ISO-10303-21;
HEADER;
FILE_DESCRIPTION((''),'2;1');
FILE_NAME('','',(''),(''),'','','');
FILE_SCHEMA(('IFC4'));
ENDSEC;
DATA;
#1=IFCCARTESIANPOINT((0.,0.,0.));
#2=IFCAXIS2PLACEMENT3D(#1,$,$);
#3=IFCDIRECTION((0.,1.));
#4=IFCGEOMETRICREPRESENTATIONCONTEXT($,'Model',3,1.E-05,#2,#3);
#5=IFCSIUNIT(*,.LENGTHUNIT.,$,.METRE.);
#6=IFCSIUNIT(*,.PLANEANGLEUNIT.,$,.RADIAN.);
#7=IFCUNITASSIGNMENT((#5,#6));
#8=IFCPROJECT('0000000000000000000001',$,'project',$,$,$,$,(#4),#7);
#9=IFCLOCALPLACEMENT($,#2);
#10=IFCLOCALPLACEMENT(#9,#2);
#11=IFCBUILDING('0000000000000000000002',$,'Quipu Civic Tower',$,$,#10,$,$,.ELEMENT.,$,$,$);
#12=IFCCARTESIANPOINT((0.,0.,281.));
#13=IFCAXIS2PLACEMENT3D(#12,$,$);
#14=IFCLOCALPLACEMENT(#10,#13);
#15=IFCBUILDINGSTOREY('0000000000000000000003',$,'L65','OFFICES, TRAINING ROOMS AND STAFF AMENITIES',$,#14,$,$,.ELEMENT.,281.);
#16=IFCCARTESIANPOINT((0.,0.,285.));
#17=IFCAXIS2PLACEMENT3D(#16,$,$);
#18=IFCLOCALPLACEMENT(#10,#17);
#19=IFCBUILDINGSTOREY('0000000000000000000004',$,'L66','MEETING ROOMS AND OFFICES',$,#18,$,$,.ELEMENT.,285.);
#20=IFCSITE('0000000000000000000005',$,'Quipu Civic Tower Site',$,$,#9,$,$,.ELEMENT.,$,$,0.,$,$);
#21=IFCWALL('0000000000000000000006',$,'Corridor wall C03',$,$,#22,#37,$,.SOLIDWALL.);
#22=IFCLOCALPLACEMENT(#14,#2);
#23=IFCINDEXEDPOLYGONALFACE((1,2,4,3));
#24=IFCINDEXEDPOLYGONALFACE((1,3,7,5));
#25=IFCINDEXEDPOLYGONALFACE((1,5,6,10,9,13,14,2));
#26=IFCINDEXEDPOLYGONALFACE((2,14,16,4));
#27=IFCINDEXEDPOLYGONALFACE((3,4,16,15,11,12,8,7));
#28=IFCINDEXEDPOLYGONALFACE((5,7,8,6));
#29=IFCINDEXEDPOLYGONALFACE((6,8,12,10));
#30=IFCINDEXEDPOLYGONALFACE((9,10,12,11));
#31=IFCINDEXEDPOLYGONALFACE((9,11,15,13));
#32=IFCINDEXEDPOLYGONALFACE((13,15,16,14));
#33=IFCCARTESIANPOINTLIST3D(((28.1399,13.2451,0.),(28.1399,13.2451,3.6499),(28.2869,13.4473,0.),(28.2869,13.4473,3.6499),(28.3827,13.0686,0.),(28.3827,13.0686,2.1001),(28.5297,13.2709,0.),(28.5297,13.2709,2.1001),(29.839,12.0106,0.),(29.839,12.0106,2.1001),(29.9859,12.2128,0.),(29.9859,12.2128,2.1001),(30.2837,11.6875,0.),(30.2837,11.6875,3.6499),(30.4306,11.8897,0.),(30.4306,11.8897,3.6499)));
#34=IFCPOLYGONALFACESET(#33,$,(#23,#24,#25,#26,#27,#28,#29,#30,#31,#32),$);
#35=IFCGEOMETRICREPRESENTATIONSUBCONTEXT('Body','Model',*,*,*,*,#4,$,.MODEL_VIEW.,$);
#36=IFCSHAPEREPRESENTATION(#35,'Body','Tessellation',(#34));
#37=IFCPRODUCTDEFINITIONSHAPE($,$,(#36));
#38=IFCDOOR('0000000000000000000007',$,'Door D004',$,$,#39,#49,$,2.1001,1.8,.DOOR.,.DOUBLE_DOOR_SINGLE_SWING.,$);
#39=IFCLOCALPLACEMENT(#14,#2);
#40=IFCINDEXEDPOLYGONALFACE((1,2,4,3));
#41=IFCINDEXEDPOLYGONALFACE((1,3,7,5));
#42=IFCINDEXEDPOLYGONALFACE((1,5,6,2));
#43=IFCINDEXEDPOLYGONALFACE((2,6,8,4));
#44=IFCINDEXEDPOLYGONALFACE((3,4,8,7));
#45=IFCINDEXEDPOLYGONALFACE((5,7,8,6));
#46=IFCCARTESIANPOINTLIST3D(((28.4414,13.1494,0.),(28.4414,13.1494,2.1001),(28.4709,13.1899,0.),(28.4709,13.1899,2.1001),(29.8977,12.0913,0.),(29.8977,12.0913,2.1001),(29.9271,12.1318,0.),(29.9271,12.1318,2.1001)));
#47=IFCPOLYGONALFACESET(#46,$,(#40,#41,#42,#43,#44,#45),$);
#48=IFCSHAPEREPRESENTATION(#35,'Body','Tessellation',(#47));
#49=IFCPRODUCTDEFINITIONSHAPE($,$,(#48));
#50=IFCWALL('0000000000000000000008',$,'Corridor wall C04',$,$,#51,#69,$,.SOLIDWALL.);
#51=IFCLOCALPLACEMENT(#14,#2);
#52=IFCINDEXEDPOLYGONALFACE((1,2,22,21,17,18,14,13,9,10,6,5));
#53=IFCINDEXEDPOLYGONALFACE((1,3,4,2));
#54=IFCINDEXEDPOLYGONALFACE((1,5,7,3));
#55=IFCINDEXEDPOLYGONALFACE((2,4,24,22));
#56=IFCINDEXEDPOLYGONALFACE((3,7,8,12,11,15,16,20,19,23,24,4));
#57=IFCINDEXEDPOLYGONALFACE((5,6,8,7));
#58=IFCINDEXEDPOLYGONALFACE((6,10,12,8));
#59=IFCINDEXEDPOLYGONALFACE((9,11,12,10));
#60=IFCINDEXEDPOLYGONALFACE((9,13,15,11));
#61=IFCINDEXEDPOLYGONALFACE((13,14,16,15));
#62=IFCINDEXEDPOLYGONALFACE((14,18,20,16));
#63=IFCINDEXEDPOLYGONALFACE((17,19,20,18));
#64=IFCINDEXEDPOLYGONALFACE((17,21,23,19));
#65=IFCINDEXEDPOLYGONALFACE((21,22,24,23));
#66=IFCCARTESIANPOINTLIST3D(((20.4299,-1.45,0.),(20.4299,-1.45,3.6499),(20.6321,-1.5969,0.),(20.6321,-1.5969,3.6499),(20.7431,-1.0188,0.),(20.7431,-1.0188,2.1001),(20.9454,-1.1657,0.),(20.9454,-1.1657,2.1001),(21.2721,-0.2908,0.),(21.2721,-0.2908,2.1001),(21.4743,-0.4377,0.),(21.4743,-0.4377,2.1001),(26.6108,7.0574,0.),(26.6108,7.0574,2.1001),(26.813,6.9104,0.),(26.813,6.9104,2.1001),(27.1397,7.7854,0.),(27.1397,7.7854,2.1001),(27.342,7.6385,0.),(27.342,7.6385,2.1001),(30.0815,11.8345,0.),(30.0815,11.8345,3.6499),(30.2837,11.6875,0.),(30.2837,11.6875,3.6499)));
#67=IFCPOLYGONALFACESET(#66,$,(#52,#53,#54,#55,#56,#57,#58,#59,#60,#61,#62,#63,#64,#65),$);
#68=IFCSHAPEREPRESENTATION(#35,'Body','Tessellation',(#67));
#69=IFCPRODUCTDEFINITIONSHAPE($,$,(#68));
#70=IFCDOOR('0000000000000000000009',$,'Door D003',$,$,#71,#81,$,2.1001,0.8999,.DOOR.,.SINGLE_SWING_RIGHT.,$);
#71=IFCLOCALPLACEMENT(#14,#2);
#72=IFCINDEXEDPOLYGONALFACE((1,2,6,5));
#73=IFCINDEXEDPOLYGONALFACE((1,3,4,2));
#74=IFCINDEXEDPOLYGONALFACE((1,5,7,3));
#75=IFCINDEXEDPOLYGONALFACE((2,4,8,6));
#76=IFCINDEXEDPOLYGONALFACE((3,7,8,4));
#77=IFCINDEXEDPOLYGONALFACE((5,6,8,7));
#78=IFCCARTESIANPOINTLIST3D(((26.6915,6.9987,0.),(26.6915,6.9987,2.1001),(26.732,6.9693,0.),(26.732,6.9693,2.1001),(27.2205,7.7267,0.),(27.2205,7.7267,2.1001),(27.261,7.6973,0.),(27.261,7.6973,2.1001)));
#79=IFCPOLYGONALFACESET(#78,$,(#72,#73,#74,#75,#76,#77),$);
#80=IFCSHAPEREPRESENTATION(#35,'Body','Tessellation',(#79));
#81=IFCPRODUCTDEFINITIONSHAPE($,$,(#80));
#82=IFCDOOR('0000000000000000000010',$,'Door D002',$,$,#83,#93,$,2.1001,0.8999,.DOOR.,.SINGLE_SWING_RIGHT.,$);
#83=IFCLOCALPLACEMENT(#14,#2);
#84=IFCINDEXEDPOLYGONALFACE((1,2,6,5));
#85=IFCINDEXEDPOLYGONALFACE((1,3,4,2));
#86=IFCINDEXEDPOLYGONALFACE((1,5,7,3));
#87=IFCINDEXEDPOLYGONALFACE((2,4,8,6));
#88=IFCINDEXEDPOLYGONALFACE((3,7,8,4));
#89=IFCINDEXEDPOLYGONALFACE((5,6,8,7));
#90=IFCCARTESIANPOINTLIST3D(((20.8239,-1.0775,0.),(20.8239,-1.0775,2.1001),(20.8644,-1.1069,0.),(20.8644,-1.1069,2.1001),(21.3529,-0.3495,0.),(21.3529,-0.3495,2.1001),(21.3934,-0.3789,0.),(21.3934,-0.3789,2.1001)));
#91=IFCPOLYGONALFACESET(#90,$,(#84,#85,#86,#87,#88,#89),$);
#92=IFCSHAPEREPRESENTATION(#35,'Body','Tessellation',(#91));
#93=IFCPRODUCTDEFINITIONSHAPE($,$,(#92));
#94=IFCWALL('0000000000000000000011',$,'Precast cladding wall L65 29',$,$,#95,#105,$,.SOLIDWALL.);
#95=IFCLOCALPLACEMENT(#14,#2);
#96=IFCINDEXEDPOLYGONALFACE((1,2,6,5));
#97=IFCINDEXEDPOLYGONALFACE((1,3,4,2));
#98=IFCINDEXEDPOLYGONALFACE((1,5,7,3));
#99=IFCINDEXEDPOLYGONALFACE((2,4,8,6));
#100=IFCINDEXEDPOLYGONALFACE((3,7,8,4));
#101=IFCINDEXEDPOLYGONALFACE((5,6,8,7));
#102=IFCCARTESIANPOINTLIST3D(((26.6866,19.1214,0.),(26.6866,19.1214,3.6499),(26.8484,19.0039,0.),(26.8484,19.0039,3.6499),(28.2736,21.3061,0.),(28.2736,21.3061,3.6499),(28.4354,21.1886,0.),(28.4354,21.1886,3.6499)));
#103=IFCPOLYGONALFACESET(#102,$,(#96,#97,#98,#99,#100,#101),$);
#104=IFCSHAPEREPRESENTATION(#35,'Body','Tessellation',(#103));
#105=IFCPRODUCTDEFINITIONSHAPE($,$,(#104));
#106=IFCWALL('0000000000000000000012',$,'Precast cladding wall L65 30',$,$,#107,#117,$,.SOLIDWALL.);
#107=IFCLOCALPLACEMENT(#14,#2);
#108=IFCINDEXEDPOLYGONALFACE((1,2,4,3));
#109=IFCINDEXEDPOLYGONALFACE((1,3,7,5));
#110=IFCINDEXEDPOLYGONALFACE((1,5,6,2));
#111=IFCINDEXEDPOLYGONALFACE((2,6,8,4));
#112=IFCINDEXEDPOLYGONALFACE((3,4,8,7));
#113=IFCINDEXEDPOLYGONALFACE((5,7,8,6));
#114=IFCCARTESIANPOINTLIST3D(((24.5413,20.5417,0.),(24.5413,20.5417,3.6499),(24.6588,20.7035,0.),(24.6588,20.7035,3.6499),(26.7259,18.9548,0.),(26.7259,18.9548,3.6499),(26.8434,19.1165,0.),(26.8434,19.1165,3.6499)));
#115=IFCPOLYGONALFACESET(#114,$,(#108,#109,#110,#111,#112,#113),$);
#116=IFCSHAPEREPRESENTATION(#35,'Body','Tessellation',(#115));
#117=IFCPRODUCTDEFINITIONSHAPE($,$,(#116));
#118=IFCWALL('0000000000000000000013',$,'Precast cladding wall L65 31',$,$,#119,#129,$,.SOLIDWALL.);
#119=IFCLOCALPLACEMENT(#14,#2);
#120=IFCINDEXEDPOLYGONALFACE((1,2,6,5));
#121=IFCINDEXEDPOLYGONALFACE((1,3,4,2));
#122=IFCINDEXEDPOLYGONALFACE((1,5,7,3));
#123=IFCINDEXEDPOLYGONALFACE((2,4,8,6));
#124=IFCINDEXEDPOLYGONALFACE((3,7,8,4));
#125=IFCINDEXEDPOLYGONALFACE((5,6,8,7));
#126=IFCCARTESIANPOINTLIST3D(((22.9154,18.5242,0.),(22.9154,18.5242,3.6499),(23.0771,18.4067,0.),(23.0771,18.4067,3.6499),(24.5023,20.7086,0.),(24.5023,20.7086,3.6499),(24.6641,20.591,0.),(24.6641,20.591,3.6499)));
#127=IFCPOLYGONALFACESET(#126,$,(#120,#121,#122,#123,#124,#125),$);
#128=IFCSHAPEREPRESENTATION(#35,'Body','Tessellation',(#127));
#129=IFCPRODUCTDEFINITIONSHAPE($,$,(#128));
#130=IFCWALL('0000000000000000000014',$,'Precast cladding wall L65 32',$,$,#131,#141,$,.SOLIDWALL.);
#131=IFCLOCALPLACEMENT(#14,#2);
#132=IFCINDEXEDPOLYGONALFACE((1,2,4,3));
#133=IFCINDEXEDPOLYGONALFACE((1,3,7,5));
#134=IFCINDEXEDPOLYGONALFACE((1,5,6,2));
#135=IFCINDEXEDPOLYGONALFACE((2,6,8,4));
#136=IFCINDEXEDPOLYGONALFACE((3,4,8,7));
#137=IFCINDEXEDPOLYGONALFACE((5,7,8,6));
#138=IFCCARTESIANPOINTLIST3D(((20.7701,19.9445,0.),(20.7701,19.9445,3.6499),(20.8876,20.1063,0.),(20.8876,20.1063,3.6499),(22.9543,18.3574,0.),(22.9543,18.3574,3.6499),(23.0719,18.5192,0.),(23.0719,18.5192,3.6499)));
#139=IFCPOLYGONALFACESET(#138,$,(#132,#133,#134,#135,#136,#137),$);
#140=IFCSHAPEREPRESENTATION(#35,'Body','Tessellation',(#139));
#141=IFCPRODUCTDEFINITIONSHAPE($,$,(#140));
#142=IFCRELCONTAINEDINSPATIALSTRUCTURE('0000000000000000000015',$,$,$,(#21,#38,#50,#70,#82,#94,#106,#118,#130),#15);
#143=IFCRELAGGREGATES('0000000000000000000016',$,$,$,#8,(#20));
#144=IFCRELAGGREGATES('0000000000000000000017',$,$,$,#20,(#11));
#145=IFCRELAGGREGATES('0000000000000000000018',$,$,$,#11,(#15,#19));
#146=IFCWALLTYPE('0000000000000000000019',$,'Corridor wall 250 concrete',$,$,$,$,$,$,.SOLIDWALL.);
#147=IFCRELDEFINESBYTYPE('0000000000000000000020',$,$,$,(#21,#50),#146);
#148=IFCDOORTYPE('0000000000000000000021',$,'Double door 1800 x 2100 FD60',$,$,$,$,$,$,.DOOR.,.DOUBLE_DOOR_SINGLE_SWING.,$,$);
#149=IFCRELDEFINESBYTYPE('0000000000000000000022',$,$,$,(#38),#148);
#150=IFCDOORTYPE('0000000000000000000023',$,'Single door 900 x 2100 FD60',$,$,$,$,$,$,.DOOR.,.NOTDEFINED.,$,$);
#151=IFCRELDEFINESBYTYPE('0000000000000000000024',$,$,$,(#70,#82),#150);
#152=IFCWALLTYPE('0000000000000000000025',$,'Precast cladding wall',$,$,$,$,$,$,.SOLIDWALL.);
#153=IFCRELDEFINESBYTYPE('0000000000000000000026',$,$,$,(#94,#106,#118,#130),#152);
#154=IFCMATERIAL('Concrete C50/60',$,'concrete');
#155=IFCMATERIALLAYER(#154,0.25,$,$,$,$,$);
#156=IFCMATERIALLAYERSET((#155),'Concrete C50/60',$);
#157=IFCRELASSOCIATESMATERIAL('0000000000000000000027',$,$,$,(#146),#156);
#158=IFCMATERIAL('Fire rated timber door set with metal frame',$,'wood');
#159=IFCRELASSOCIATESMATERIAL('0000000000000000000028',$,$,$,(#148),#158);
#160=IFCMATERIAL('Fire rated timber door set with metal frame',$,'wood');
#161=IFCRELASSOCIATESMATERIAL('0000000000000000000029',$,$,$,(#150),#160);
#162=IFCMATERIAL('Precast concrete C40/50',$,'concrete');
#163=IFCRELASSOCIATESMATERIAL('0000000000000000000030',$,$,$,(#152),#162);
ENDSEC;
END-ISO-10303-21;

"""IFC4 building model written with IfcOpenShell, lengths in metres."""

from ifc_helpers import new_model, si_unit, direction, frame, frame_2d, origin, place, context, subcontext, project, spatial, rectangle, extrude, material, layer, layer_set, type_object, element, fill, save


model = new_model("IFC4")

# Units and contexts
model_context = context("Model", 3, precision=1e-05, world=origin(), true_north=direction((0.0, 1.0)))
body_context = subcontext(model_context, "Body", "Model", "MODEL_VIEW")
ifc_project = project(units=[si_unit("LENGTHUNIT", "METRE"), si_unit("PLANEANGLEUNIT", "RADIAN")], contexts=[model_context])

# Site, building, storey
site_placement = place(None, origin())
site = spatial("IfcSite", under=ifc_project, at=site_placement, Name="Quipu Civic Tower Site", CompositionType="ELEMENT", RefElevation=0.0)
building_placement = place(site_placement, origin())
building = spatial("IfcBuilding", under=site, at=building_placement, Name="Quipu Civic Tower", CompositionType="ELEMENT")
storey_1_placement = place(building_placement, frame((0.0, 0.0, 281.0)))
storey_1 = spatial("IfcBuildingStorey", under=building, at=storey_1_placement, Name="L65", Description="OFFICES, TRAINING ROOMS AND STAFF AMENITIES", CompositionType="ELEMENT", Elevation=281.0)

# Shared definitions
storey_2_placement = place(building_placement, frame((0.0, 0.0, 285.0)))
storey_2 = spatial("IfcBuildingStorey", under=building, at=storey_2_placement, Name="L66", Description="MEETING ROOMS AND OFFICES", CompositionType="ELEMENT", Elevation=285.0)

# Wall, opening, door
ifc_material_1 = material(Name="Concrete C50/60", Category="concrete")
ifc_layer_1 = layer(ifc_material_1, 0.25)
ifc_layer_set_1 = layer_set([ifc_layer_1], Name="Concrete C50/60")
wall_type_1 = type_object("IfcWallType", Name="Corridor wall 250 concrete", PredefinedType="SOLIDWALL", material=ifc_layer_set_1)
wall_1_placement = place(storey_1_placement, frame((28.2134, 13.3462, 0.0), z_axis=(0.0, 0.0, 1.0), x_axis=(0.809007, -0.587799, 0.0)))
wall_1 = element("IfcWall", 1, at=wall_1_placement, inside=storey_1, type_object=wall_type_1, Name="Corridor wall C03", PredefinedType="SOLIDWALL", context=body_context, shape_type="SweptSolid", body=[
    extrude(rectangle(XDim=2.6499, YDim=0.25, at=frame_2d((1.325, 0.0))), origin(), (0.0, 0.0, 1.0), 3.6499),
])
opening_1_placement = place(wall_1_placement, frame((0.3003, 0.0, 0.0)))
opening_1 = element("IfcOpeningElement", 2, at=opening_1_placement, cuts=wall_1, PredefinedType="OPENING", context=body_context, shape_type="SweptSolid", body=[
    extrude(rectangle(XDim=1.8, YDim=2.1001, at=frame_2d((0.8999, 1.05))), frame((0.0, 0.135, 0.0), z_axis=(0.0, -1.0, 0.0), x_axis=(1.0, 0.0, 0.0)), (0.0, 0.0, 1.0), 0.27),
])
ifc_material_2 = material(Name="Fire rated timber door set with metal frame", Category="wood")
door_type_1 = type_object("IfcDoorType", Name="Double door 1800 x 2100 FD60", OperationType="DOUBLE_DOOR_SINGLE_SWING", PredefinedType="DOOR", material=ifc_material_2)
door_1_placement = place(opening_1_placement, origin())
door_1 = element("IfcDoor", 3, at=door_1_placement, inside=storey_1, type_object=door_type_1, Name="Door D004", OperationType="DOUBLE_DOOR_SINGLE_SWING", OverallHeight=2.1001, OverallWidth=1.8, PredefinedType="DOOR", context=body_context, shape_type="SweptSolid", body=[
    extrude(rectangle(XDim=1.8, YDim=2.1001, at=frame_2d((0.8999, 1.05))), frame((0.0, 0.0249, 0.0), z_axis=(0.0, -1.0, 0.0), x_axis=(1.0, 0.0, 0.0)), (0.0, 0.0, 1.0), 0.05),
])
fill(opening_1, door_1)

# Wall, openings, doors
wall_2_placement = place(storey_1_placement, frame((30.1826, 11.761, 0.0), z_axis=(0.0, 0.0, 1.0), x_axis=(-0.587782, -0.80902, 0.0)))
wall_2 = element("IfcWall", 4, at=wall_2_placement, inside=storey_1, type_object=wall_type_1, Name="Corridor wall C04", PredefinedType="SOLIDWALL", context=body_context, shape_type="SweptSolid", body=[
    extrude(rectangle(XDim=16.4204, YDim=0.25, at=frame_2d((8.2102, 0.0))), origin(), (0.0, 0.0, 1.0), 3.6499),
])
opening_2_placement = place(wall_2_placement, frame((5.0049, 0.0, 0.0)))
opening_2 = element("IfcOpeningElement", 5, at=opening_2_placement, cuts=wall_2, PredefinedType="OPENING", context=body_context, shape_type="SweptSolid", body=[
    extrude(rectangle(XDim=0.8999, YDim=2.1001, at=frame_2d((0.45, 1.05))), frame((0.0, 0.135, 0.0), z_axis=(0.0, -1.0, 0.0), x_axis=(1.0, 0.0, 0.0)), (0.0, 0.0, 1.0), 0.27),
])
opening_3_placement = place(wall_2_placement, frame((14.9875, 0.0, 0.0)))
opening_3 = element("IfcOpeningElement", 6, at=opening_3_placement, cuts=wall_2, PredefinedType="OPENING", context=body_context, shape_type="SweptSolid", body=[
    extrude(rectangle(XDim=0.8999, YDim=2.1001, at=frame_2d((0.45, 1.05))), frame((0.0, 0.135, 0.0), z_axis=(0.0, -1.0, 0.0), x_axis=(1.0, 0.0, 0.0)), (0.0, 0.0, 1.0), 0.27),
])
ifc_material_3 = material(Name="Fire rated timber door set with metal frame", Category="wood")
door_type_2 = type_object("IfcDoorType", Name="Single door 900 x 2100 FD60", OperationType="NOTDEFINED", PredefinedType="DOOR", material=ifc_material_3)
door_2_placement = place(opening_2_placement, origin())
door_2 = element("IfcDoor", 7, at=door_2_placement, inside=storey_1, type_object=door_type_2, Name="Door D003", OperationType="SINGLE_SWING_RIGHT", OverallHeight=2.1001, OverallWidth=0.8999, PredefinedType="DOOR", context=body_context, shape_type="SweptSolid", body=[
    extrude(rectangle(XDim=0.8999, YDim=2.1001, at=frame_2d((0.45, 1.05))), frame((0.0, 0.0249, 0.0), z_axis=(0.0, -1.0, 0.0), x_axis=(1.0, 0.0, 0.0)), (0.0, 0.0, 1.0), 0.05),
])
fill(opening_2, door_2)
door_3_placement = place(opening_3_placement, origin())
door_3 = element("IfcDoor", 8, at=door_3_placement, inside=storey_1, type_object=door_type_2, Name="Door D002", OperationType="SINGLE_SWING_RIGHT", OverallHeight=2.1001, OverallWidth=0.8999, PredefinedType="DOOR", context=body_context, shape_type="SweptSolid", body=[
    extrude(rectangle(XDim=0.8999, YDim=2.1001, at=frame_2d((0.45, 1.05))), frame((0.0, 0.0249, 0.0), z_axis=(0.0, -1.0, 0.0), x_axis=(1.0, 0.0, 0.0)), (0.0, 0.0, 1.0), 0.05),
])
fill(opening_3, door_3)

# Walls
ifc_material_4 = material(Name="Precast concrete C40/50", Category="concrete")
wall_type_2 = type_object("IfcWallType", Name="Precast cladding wall", PredefinedType="SOLIDWALL", material=ifc_material_4)
for number, where, z_axis, x_axis, name in (
    (9, (28.3545, 21.2473, 0.0), (0.0, 0.0, 1.0), (-0.58772, -0.809064, 0.0), "Precast cladding wall L65 29"),
    (10, (26.7847, 19.0356, 0.0), (0.0, 0.0, 1.0), (-0.809064, 0.58772, 0.0), "Precast cladding wall L65 30"),
):
    element("IfcWall", number, at=place(storey_1_placement, frame(where, z_axis=z_axis, x_axis=x_axis)), inside=storey_1, type_object=wall_type_2, Name=name, PredefinedType="SOLIDWALL", context=body_context, shape_type="SweptSolid", body=[
        extrude(rectangle(XDim=2.7002, YDim=0.2, at=frame_2d((1.3501, 0.0))), origin(), (0.0, 0.0, 1.0), 3.6499),
    ])
for number, where, z_axis, x_axis, name in (
    (11, (24.5833, 20.6499, 0.0), (0.0, 0.0, 1.0), (-0.587763, -0.809033, 0.0), "Precast cladding wall L65 31"),
    (12, (23.0132, 18.4382, 0.0), (0.0, 0.0, 1.0), (-0.80899, 0.587822, 0.0), "Precast cladding wall L65 32"),
):
    element("IfcWall", number, at=place(storey_1_placement, frame(where, z_axis=z_axis, x_axis=x_axis)), inside=storey_1, type_object=wall_type_2, Name=name, PredefinedType="SOLIDWALL", context=body_context, shape_type="SweptSolid", body=[
        extrude(rectangle(XDim=2.7, YDim=0.2, at=frame_2d((1.3501, 0.0))), origin(), (0.0, 0.0, 1.0), 3.6499),
    ])

save(model, "model.ifc")
